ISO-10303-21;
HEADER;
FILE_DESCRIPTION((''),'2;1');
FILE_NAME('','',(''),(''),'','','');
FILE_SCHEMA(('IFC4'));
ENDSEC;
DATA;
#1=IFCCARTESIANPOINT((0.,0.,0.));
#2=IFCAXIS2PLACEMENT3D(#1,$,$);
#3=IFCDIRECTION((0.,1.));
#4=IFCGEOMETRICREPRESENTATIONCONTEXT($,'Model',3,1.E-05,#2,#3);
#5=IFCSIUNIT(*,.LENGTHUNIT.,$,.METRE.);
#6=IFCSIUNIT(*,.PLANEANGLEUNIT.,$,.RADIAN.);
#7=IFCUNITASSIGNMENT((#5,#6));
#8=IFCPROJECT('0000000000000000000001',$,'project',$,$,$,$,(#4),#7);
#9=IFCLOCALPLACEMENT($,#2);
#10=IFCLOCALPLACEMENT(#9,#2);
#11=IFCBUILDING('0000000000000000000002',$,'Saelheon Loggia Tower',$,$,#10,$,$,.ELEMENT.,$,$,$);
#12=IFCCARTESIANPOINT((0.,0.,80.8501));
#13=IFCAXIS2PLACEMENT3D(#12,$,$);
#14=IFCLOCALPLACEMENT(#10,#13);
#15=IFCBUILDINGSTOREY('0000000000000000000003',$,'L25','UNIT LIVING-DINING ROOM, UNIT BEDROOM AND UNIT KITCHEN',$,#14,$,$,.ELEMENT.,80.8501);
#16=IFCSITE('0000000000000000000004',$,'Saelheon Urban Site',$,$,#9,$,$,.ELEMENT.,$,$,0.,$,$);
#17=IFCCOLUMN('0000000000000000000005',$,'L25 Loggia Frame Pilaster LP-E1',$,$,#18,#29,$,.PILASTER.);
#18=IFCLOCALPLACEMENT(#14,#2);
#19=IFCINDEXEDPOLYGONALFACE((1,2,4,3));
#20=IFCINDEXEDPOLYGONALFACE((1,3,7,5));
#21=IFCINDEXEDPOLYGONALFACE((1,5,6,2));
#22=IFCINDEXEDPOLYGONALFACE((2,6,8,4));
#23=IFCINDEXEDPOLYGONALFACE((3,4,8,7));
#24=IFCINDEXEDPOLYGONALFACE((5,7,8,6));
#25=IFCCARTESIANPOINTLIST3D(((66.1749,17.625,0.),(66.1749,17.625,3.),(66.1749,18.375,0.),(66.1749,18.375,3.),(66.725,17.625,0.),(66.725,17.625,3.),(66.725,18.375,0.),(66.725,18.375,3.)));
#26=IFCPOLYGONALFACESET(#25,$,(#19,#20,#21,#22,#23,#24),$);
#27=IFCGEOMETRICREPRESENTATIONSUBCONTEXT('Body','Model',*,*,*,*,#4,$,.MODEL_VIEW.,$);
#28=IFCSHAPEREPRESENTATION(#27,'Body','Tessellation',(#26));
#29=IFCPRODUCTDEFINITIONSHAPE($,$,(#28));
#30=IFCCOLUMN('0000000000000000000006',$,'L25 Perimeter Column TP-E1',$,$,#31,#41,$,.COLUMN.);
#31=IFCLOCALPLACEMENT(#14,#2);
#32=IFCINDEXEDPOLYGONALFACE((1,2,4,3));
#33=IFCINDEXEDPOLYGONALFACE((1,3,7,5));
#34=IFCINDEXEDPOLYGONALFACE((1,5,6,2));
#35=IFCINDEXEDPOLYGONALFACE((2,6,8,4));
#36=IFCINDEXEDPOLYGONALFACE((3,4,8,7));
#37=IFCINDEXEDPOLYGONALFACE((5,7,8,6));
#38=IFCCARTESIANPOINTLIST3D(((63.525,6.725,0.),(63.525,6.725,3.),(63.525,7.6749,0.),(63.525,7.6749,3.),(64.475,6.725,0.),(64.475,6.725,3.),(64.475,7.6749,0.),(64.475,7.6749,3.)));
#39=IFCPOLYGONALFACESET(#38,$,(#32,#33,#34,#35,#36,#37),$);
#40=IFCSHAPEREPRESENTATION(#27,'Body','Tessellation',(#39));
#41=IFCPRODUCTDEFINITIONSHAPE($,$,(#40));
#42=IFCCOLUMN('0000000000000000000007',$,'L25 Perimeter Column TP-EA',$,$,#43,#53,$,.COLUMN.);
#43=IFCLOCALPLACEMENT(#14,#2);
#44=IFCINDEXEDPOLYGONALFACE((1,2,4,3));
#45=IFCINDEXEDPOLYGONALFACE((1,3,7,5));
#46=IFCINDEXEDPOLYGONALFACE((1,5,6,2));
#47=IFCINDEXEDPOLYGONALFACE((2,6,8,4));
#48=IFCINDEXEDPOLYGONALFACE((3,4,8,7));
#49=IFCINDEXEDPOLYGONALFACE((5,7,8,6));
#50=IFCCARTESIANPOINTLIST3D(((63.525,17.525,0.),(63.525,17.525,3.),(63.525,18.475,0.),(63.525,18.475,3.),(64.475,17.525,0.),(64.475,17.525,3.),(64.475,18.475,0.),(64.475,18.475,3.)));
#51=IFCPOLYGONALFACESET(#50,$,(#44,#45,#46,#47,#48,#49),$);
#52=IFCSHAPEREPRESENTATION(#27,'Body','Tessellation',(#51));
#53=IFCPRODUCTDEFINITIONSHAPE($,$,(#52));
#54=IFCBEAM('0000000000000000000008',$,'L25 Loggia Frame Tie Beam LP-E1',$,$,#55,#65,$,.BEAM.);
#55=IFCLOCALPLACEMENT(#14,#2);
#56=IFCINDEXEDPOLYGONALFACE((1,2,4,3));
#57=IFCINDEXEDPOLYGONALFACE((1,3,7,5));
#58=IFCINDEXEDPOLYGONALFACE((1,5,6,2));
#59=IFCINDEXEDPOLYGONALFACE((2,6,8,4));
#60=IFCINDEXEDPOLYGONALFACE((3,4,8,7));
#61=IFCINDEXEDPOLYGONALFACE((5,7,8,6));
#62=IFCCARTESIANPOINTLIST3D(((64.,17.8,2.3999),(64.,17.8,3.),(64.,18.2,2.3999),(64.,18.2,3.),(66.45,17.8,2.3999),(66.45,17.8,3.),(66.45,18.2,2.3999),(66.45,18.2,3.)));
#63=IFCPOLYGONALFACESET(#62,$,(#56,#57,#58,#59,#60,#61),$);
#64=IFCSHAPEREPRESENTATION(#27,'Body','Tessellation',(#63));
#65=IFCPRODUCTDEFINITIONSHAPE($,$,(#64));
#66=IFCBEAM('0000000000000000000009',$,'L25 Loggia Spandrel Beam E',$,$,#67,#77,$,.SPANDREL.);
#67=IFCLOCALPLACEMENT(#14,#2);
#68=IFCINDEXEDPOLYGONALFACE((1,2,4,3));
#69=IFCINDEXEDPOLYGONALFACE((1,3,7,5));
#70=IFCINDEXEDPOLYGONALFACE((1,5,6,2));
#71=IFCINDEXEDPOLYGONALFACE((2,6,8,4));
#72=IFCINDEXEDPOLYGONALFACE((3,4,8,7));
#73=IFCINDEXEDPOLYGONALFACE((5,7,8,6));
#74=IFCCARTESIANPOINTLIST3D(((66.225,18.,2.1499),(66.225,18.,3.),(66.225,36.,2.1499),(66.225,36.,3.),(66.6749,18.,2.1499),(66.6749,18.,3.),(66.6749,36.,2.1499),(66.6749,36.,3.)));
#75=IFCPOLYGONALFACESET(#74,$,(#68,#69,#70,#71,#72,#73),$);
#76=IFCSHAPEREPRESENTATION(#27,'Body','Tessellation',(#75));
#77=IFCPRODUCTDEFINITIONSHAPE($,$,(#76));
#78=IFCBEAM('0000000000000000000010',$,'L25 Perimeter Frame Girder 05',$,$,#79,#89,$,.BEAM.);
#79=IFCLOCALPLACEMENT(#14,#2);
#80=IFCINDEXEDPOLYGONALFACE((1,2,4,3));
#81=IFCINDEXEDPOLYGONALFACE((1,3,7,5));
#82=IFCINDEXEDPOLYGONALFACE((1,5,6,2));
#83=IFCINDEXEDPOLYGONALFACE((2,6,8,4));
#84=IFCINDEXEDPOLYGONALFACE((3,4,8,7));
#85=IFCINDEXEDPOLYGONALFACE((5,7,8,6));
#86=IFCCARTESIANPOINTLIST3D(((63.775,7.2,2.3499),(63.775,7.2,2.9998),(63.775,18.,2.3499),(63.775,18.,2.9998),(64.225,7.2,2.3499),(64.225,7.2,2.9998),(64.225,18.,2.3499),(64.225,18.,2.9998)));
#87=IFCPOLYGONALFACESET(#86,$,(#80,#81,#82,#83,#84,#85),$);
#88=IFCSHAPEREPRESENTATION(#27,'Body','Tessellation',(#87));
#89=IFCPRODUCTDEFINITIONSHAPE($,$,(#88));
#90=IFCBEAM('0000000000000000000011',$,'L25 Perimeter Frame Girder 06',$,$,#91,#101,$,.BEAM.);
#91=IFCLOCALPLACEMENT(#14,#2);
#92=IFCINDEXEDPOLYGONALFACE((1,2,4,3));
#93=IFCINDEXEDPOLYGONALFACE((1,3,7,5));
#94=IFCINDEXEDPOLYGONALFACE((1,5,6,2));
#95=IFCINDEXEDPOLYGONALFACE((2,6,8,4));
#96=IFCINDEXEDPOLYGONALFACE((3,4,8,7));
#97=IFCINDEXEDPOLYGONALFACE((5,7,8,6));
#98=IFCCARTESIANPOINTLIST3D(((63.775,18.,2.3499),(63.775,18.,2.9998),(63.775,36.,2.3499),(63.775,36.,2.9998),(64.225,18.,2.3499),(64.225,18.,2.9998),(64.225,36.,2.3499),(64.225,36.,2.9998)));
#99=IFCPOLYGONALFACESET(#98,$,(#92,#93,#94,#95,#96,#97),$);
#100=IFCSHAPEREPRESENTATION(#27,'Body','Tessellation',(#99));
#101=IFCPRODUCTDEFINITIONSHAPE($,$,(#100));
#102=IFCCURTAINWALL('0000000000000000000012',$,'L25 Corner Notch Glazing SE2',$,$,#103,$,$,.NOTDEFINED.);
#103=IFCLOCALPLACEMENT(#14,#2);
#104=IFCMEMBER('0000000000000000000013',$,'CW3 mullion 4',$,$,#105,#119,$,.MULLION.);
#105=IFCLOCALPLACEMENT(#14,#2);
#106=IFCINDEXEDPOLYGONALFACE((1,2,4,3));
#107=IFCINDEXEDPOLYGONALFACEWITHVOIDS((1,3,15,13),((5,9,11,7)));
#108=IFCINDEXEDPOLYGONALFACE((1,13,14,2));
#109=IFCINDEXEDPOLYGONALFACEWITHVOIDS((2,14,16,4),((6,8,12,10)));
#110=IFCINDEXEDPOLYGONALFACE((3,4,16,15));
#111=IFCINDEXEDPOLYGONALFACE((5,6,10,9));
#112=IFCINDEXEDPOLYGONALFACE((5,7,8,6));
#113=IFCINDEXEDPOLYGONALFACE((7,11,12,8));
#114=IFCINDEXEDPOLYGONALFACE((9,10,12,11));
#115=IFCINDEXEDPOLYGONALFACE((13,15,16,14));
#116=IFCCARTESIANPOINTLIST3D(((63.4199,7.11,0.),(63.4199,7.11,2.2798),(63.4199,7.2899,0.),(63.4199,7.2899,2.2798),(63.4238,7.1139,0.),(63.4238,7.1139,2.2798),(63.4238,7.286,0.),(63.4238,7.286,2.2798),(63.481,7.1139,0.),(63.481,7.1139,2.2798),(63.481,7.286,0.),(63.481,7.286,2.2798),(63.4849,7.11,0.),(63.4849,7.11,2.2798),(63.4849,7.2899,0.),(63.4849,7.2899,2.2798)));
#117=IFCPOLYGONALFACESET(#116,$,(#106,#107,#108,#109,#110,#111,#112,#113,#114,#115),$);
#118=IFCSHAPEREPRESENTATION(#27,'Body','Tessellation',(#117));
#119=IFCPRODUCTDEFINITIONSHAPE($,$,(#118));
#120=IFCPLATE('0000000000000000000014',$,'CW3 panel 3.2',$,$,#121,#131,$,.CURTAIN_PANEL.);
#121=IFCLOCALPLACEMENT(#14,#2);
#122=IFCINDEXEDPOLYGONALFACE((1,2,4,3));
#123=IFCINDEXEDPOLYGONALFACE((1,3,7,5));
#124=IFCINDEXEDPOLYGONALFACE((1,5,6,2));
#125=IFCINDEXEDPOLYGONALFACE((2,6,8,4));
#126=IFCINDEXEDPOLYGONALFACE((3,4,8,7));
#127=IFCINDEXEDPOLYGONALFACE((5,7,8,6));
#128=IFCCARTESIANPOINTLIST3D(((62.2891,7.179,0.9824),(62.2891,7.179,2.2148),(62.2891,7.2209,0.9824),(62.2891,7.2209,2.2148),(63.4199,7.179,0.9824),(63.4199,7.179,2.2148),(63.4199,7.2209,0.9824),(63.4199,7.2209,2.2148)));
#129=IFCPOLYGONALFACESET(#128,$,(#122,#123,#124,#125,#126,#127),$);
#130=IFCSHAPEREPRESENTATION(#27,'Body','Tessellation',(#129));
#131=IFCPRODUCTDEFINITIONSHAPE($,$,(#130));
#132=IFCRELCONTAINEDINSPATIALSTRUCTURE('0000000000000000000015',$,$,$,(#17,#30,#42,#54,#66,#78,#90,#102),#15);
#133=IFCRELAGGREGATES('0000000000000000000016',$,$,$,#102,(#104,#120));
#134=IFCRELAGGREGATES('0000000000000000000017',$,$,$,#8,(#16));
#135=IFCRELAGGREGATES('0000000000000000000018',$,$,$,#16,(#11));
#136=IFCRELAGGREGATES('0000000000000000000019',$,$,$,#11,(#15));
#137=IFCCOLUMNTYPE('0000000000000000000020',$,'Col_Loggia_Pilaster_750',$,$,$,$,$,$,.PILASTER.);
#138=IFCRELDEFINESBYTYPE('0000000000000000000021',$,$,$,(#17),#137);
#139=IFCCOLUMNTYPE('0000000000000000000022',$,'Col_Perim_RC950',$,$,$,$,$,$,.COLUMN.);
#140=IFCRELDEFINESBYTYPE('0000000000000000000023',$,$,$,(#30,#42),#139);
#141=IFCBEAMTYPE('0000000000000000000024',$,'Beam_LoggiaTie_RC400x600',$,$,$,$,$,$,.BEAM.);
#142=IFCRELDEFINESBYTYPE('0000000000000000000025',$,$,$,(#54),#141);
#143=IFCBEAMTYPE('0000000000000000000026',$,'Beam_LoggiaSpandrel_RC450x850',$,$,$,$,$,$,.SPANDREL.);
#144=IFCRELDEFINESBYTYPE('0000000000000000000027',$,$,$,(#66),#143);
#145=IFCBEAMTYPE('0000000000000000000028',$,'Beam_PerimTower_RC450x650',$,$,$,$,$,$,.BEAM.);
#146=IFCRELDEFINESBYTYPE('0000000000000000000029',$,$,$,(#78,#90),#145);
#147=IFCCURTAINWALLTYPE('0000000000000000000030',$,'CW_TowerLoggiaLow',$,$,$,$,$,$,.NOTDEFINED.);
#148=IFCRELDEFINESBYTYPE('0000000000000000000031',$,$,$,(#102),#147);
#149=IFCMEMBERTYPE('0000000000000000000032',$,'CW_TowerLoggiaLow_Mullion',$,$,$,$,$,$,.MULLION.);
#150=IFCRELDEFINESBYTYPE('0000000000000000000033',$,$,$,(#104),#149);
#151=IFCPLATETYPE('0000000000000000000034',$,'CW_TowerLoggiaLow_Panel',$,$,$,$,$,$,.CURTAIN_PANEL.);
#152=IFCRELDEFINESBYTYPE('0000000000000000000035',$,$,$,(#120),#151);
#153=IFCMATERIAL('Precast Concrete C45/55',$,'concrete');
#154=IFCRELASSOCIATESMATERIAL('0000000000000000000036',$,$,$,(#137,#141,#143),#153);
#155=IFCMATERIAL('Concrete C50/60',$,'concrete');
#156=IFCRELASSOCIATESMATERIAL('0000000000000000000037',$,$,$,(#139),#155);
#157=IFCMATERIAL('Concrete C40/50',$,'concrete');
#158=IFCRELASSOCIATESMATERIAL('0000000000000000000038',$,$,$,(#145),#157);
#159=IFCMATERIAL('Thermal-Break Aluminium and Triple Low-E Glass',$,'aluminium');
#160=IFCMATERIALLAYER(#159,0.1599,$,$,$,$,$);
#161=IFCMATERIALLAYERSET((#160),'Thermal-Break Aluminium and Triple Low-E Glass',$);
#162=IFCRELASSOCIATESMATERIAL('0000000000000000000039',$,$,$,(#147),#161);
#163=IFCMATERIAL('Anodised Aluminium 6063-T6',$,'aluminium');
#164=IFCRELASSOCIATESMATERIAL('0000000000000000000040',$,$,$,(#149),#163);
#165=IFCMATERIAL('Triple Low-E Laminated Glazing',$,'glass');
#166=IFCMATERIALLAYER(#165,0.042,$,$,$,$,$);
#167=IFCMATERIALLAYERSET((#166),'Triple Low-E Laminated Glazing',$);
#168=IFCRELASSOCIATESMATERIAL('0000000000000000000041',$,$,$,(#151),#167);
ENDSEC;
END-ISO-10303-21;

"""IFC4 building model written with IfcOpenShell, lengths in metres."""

from ifc_helpers import new_model, si_unit, direction, frame, origin, origin_2d, place, context, subcontext, project, spatial, rectangle, hollow_rectangle, extrude, source, transform, mapped, material, layer, layer_set, material_profile, profile_set, type_object, element, aggregate, save


model = new_model("IFC4")

# Units and contexts
model_context = context("Model", 3, precision=1e-05, world=origin(), true_north=direction((0.0, 1.0)))
body_context = subcontext(model_context, "Body", "Model", "MODEL_VIEW")
ifc_project = project(units=[si_unit("LENGTHUNIT", "METRE"), si_unit("PLANEANGLEUNIT", "RADIAN")], contexts=[model_context])

# Site, building, storey
site_placement = place(None, origin())
site = spatial("IfcSite", under=ifc_project, at=site_placement, Name="Saelheon Urban Site", CompositionType="ELEMENT", RefElevation=0.0)
building_placement = place(site_placement, origin())
building = spatial("IfcBuilding", under=site, at=building_placement, Name="Saelheon Loggia Tower", CompositionType="ELEMENT")
storey_placement = place(building_placement, frame((0.0, 0.0, 80.8501)))
storey = spatial("IfcBuildingStorey", under=building, at=storey_placement, Name="L25", Description="UNIT LIVING-DINING ROOM, UNIT BEDROOM AND UNIT KITCHEN", CompositionType="ELEMENT", Elevation=80.8501)

# Columns
ifc_material_1 = material(Name="Precast Concrete C45/55", Category="concrete")
ifc_material_profile_1 = material_profile(ifc_material_1, rectangle(XDim=0.55, YDim=0.75, at=origin_2d()), Name="RC-550x750")
ifc_profile_set_1 = profile_set([ifc_material_profile_1], Name="Precast Concrete C45/55")
column_type_1 = type_object("IfcColumnType", Name="Col_Loggia_Pilaster_750", PredefinedType="PILASTER", material=ifc_profile_set_1)
shared_shape_1 = source(origin(), body_context, "Body", "SweptSolid", [
    extrude(rectangle(XDim=0.55, YDim=0.75, at=origin_2d()), origin(), (0.0, 0.0, 1.0), 3.0),
])
column_placement = place(storey_placement, frame((66.45, 18.0, 0.0), z_axis=(0.0, 0.0, 1.0), x_axis=(1.0, 0.0, 0.0)))
element("IfcColumn", 1, at=column_placement, inside=storey, type_object=column_type_1, Name="L25 Loggia Frame Pilaster LP-E1", PredefinedType="PILASTER", context=body_context, shape_type="MappedRepresentation", body=[
    mapped(shared_shape_1, transform((0.0, 0.0, 0.0), scale=1.0)),
])
ifc_material_2 = material(Name="Concrete C50/60", Category="concrete")
ifc_material_profile_2 = material_profile(ifc_material_2, rectangle(XDim=0.95, YDim=0.95, at=origin_2d()), Name="RC-950x950")
ifc_profile_set_2 = profile_set([ifc_material_profile_2], Name="Concrete C50/60")
column_type_2 = type_object("IfcColumnType", Name="Col_Perim_RC950", PredefinedType="COLUMN", material=ifc_profile_set_2)
shared_shape_2 = source(origin(), body_context, "Body", "SweptSolid", [
    extrude(rectangle(XDim=0.95, YDim=0.95, at=origin_2d()), origin(), (0.0, 0.0, 1.0), 3.0),
])
for number, where, z_axis, x_axis, name in (
    (2, (64.0, 7.2, 0.0), (0.0, 0.0, 1.0), (1.0, 0.0, 0.0), "L25 Perimeter Column TP-E1"),
    (3, (64.0, 18.0, 0.0), (0.0, 0.0, 1.0), (1.0, 0.0, 0.0), "L25 Perimeter Column TP-EA"),
):
    element("IfcColumn", number, at=place(storey_placement, frame(where, z_axis=z_axis, x_axis=x_axis)), inside=storey, type_object=column_type_2, Name=name, PredefinedType="COLUMN", context=body_context, shape_type="MappedRepresentation", body=[
        mapped(shared_shape_2, transform((0.0, 0.0, 0.0), scale=1.0)),
    ])

# Beams
ifc_material_profile_3 = material_profile(ifc_material_1, rectangle(XDim=0.3999, YDim=0.6001, at=origin_2d()), Name="RC-400x600")
ifc_profile_set_3 = profile_set([ifc_material_profile_3], Name="Precast Concrete C45/55")
beam_type_1 = type_object("IfcBeamType", Name="Beam_LoggiaTie_RC400x600", PredefinedType="BEAM", material=ifc_profile_set_3)
shared_shape_3 = source(origin(), body_context, "Body", "SweptSolid", [
    extrude(rectangle(XDim=0.3999, YDim=0.6001, at=origin_2d()), origin(), (0.0, 0.0, 1.0), 2.45),
])
beam_1_placement = place(storey_placement, frame((64.0, 18.0, 2.7), z_axis=(1.0, 0.0, 0.0), x_axis=(0.0, 1.0, 0.0)))
element("IfcBeam", 4, at=beam_1_placement, inside=storey, type_object=beam_type_1, Name="L25 Loggia Frame Tie Beam LP-E1", PredefinedType="BEAM", context=body_context, shape_type="MappedRepresentation", body=[
    mapped(shared_shape_3, transform((0.0, 0.0, 0.0), scale=1.0)),
])
ifc_material_profile_4 = material_profile(ifc_material_1, rectangle(XDim=0.45, YDim=0.8501, at=origin_2d()), Name="RC-450x850")
ifc_profile_set_4 = profile_set([ifc_material_profile_4], Name="Precast Concrete C45/55")
beam_type_2 = type_object("IfcBeamType", Name="Beam_LoggiaSpandrel_RC450x850", PredefinedType="SPANDREL", material=ifc_profile_set_4)
shared_shape_4 = source(origin(), body_context, "Body", "SweptSolid", [
    extrude(rectangle(XDim=0.45, YDim=0.8501, at=origin_2d()), origin(), (0.0, 0.0, 1.0), 18.0),
])
beam_2_placement = place(storey_placement, frame((66.45, 18.0, 2.575), z_axis=(0.0, 1.0, 0.0), x_axis=(-1.0, 0.0, 0.0)))
element("IfcBeam", 5, at=beam_2_placement, inside=storey, type_object=beam_type_2, Name="L25 Loggia Spandrel Beam E", PredefinedType="SPANDREL", context=body_context, shape_type="MappedRepresentation", body=[
    mapped(shared_shape_4, transform((0.0, 0.0, 0.0), scale=1.0)),
])
ifc_material_3 = material(Name="Concrete C40/50", Category="concrete")
ifc_material_profile_5 = material_profile(ifc_material_3, rectangle(XDim=0.45, YDim=0.6499, at=origin_2d()), Name="RC-450x650")
ifc_profile_set_5 = profile_set([ifc_material_profile_5], Name="Concrete C40/50")
beam_type_3 = type_object("IfcBeamType", Name="Beam_PerimTower_RC450x650", PredefinedType="BEAM", material=ifc_profile_set_5)
shared_shape_5 = source(origin(), body_context, "Body", "SweptSolid", [
    extrude(rectangle(XDim=0.45, YDim=0.6499, at=origin_2d()), origin(), (0.0, 0.0, 1.0), 10.8),
])
beam_3_placement = place(storey_placement, frame((64.0, 7.2, 2.6748), z_axis=(0.0, 1.0, 0.0), x_axis=(-1.0, 0.0, 0.0)))
element("IfcBeam", 6, at=beam_3_placement, inside=storey, type_object=beam_type_3, Name="L25 Perimeter Frame Girder 05", PredefinedType="BEAM", context=body_context, shape_type="MappedRepresentation", body=[
    mapped(shared_shape_5, transform((0.0, 0.0, 0.0), scale=1.0)),
])
shared_shape_6 = source(origin(), body_context, "Body", "SweptSolid", [
    extrude(rectangle(XDim=0.45, YDim=0.6499, at=origin_2d()), origin(), (0.0, 0.0, 1.0), 18.0),
])
beam_4_placement = place(storey_placement, frame((64.0, 18.0, 2.6748), z_axis=(0.0, 1.0, 0.0), x_axis=(-1.0, 0.0, 0.0)))
element("IfcBeam", 7, at=beam_4_placement, inside=storey, type_object=beam_type_3, Name="L25 Perimeter Frame Girder 06", PredefinedType="BEAM", context=body_context, shape_type="MappedRepresentation", body=[
    mapped(shared_shape_6, transform((0.0, 0.0, 0.0), scale=1.0)),
])

# Curtain wall, member, plate
ifc_material_4 = material(Name="Thermal-Break Aluminium and Triple Low-E Glass", Category="aluminium")
ifc_layer_1 = layer(ifc_material_4, 0.1599)
ifc_layer_set_1 = layer_set([ifc_layer_1], Name="Thermal-Break Aluminium and Triple Low-E Glass")
curtain_wall_type = type_object("IfcCurtainWallType", Name="CW_TowerLoggiaLow", PredefinedType="NOTDEFINED", material=ifc_layer_set_1)
curtain_wall_placement = place(storey_placement, origin())
curtain_wall = element("IfcCurtainWall", 8, at=curtain_wall_placement, inside=storey, type_object=curtain_wall_type, Name="L25 Corner Notch Glazing SE2", PredefinedType="NOTDEFINED")
ifc_material_5 = material(Name="Anodised Aluminium 6063-T6", Category="aluminium")
ifc_material_profile_6 = material_profile(ifc_material_5, hollow_rectangle(XDim=0.0649, YDim=0.1799, WallThickness=0.0039, at=origin_2d()), Name="RHS-180x65x4")
ifc_profile_set_6 = profile_set([ifc_material_profile_6], Name="Anodised Aluminium 6063-T6")
member_type = type_object("IfcMemberType", Name="CW_TowerLoggiaLow_Mullion", PredefinedType="MULLION", material=ifc_profile_set_6)
shared_shape_7 = source(origin(), body_context, "Body", "SweptSolid", [
    extrude(hollow_rectangle(XDim=0.0649, YDim=0.1799, WallThickness=0.0039, at=origin_2d()), origin(), (0.0, 0.0, 1.0), 2.2798),
])
member_placement = place(storey_placement, frame((63.4524, 7.2, 0.0), z_axis=(0.0, 0.0, 1.0), x_axis=(1.0, 0.0, 0.0)))
member = element("IfcMember", 9, at=member_placement, type_object=member_type, Name="CW3 mullion 4", PredefinedType="MULLION", context=body_context, shape_type="MappedRepresentation", body=[
    mapped(shared_shape_7, transform((0.0, 0.0, 0.0), scale=1.0)),
])
ifc_material_6 = material(Name="Triple Low-E Laminated Glazing", Category="glass")
ifc_layer_2 = layer(ifc_material_6, 0.042)
ifc_layer_set_2 = layer_set([ifc_layer_2], Name="Triple Low-E Laminated Glazing")
plate_type = type_object("IfcPlateType", Name="CW_TowerLoggiaLow_Panel", PredefinedType="CURTAIN_PANEL", material=ifc_layer_set_2)
shared_shape_8 = source(origin(), body_context, "Body", "SweptSolid", [
    extrude(rectangle(XDim=1.1309, YDim=0.042, at=origin_2d()), origin(), (0.0, 0.0, 1.0), 1.2324),
])
plate_placement = place(storey_placement, frame((62.8545, 7.2, 0.9824), z_axis=(0.0, 0.0, 1.0), x_axis=(1.0, 0.0, 0.0)))
plate = element("IfcPlate", 10, at=plate_placement, type_object=plate_type, Name="CW3 panel 3.2", PredefinedType="CURTAIN_PANEL", context=body_context, shape_type="MappedRepresentation", body=[
    mapped(shared_shape_8, transform((0.0, 0.0, 0.0), scale=1.0)),
])
aggregate(curtain_wall, [member, plate])

save(model, "model.ifc")
